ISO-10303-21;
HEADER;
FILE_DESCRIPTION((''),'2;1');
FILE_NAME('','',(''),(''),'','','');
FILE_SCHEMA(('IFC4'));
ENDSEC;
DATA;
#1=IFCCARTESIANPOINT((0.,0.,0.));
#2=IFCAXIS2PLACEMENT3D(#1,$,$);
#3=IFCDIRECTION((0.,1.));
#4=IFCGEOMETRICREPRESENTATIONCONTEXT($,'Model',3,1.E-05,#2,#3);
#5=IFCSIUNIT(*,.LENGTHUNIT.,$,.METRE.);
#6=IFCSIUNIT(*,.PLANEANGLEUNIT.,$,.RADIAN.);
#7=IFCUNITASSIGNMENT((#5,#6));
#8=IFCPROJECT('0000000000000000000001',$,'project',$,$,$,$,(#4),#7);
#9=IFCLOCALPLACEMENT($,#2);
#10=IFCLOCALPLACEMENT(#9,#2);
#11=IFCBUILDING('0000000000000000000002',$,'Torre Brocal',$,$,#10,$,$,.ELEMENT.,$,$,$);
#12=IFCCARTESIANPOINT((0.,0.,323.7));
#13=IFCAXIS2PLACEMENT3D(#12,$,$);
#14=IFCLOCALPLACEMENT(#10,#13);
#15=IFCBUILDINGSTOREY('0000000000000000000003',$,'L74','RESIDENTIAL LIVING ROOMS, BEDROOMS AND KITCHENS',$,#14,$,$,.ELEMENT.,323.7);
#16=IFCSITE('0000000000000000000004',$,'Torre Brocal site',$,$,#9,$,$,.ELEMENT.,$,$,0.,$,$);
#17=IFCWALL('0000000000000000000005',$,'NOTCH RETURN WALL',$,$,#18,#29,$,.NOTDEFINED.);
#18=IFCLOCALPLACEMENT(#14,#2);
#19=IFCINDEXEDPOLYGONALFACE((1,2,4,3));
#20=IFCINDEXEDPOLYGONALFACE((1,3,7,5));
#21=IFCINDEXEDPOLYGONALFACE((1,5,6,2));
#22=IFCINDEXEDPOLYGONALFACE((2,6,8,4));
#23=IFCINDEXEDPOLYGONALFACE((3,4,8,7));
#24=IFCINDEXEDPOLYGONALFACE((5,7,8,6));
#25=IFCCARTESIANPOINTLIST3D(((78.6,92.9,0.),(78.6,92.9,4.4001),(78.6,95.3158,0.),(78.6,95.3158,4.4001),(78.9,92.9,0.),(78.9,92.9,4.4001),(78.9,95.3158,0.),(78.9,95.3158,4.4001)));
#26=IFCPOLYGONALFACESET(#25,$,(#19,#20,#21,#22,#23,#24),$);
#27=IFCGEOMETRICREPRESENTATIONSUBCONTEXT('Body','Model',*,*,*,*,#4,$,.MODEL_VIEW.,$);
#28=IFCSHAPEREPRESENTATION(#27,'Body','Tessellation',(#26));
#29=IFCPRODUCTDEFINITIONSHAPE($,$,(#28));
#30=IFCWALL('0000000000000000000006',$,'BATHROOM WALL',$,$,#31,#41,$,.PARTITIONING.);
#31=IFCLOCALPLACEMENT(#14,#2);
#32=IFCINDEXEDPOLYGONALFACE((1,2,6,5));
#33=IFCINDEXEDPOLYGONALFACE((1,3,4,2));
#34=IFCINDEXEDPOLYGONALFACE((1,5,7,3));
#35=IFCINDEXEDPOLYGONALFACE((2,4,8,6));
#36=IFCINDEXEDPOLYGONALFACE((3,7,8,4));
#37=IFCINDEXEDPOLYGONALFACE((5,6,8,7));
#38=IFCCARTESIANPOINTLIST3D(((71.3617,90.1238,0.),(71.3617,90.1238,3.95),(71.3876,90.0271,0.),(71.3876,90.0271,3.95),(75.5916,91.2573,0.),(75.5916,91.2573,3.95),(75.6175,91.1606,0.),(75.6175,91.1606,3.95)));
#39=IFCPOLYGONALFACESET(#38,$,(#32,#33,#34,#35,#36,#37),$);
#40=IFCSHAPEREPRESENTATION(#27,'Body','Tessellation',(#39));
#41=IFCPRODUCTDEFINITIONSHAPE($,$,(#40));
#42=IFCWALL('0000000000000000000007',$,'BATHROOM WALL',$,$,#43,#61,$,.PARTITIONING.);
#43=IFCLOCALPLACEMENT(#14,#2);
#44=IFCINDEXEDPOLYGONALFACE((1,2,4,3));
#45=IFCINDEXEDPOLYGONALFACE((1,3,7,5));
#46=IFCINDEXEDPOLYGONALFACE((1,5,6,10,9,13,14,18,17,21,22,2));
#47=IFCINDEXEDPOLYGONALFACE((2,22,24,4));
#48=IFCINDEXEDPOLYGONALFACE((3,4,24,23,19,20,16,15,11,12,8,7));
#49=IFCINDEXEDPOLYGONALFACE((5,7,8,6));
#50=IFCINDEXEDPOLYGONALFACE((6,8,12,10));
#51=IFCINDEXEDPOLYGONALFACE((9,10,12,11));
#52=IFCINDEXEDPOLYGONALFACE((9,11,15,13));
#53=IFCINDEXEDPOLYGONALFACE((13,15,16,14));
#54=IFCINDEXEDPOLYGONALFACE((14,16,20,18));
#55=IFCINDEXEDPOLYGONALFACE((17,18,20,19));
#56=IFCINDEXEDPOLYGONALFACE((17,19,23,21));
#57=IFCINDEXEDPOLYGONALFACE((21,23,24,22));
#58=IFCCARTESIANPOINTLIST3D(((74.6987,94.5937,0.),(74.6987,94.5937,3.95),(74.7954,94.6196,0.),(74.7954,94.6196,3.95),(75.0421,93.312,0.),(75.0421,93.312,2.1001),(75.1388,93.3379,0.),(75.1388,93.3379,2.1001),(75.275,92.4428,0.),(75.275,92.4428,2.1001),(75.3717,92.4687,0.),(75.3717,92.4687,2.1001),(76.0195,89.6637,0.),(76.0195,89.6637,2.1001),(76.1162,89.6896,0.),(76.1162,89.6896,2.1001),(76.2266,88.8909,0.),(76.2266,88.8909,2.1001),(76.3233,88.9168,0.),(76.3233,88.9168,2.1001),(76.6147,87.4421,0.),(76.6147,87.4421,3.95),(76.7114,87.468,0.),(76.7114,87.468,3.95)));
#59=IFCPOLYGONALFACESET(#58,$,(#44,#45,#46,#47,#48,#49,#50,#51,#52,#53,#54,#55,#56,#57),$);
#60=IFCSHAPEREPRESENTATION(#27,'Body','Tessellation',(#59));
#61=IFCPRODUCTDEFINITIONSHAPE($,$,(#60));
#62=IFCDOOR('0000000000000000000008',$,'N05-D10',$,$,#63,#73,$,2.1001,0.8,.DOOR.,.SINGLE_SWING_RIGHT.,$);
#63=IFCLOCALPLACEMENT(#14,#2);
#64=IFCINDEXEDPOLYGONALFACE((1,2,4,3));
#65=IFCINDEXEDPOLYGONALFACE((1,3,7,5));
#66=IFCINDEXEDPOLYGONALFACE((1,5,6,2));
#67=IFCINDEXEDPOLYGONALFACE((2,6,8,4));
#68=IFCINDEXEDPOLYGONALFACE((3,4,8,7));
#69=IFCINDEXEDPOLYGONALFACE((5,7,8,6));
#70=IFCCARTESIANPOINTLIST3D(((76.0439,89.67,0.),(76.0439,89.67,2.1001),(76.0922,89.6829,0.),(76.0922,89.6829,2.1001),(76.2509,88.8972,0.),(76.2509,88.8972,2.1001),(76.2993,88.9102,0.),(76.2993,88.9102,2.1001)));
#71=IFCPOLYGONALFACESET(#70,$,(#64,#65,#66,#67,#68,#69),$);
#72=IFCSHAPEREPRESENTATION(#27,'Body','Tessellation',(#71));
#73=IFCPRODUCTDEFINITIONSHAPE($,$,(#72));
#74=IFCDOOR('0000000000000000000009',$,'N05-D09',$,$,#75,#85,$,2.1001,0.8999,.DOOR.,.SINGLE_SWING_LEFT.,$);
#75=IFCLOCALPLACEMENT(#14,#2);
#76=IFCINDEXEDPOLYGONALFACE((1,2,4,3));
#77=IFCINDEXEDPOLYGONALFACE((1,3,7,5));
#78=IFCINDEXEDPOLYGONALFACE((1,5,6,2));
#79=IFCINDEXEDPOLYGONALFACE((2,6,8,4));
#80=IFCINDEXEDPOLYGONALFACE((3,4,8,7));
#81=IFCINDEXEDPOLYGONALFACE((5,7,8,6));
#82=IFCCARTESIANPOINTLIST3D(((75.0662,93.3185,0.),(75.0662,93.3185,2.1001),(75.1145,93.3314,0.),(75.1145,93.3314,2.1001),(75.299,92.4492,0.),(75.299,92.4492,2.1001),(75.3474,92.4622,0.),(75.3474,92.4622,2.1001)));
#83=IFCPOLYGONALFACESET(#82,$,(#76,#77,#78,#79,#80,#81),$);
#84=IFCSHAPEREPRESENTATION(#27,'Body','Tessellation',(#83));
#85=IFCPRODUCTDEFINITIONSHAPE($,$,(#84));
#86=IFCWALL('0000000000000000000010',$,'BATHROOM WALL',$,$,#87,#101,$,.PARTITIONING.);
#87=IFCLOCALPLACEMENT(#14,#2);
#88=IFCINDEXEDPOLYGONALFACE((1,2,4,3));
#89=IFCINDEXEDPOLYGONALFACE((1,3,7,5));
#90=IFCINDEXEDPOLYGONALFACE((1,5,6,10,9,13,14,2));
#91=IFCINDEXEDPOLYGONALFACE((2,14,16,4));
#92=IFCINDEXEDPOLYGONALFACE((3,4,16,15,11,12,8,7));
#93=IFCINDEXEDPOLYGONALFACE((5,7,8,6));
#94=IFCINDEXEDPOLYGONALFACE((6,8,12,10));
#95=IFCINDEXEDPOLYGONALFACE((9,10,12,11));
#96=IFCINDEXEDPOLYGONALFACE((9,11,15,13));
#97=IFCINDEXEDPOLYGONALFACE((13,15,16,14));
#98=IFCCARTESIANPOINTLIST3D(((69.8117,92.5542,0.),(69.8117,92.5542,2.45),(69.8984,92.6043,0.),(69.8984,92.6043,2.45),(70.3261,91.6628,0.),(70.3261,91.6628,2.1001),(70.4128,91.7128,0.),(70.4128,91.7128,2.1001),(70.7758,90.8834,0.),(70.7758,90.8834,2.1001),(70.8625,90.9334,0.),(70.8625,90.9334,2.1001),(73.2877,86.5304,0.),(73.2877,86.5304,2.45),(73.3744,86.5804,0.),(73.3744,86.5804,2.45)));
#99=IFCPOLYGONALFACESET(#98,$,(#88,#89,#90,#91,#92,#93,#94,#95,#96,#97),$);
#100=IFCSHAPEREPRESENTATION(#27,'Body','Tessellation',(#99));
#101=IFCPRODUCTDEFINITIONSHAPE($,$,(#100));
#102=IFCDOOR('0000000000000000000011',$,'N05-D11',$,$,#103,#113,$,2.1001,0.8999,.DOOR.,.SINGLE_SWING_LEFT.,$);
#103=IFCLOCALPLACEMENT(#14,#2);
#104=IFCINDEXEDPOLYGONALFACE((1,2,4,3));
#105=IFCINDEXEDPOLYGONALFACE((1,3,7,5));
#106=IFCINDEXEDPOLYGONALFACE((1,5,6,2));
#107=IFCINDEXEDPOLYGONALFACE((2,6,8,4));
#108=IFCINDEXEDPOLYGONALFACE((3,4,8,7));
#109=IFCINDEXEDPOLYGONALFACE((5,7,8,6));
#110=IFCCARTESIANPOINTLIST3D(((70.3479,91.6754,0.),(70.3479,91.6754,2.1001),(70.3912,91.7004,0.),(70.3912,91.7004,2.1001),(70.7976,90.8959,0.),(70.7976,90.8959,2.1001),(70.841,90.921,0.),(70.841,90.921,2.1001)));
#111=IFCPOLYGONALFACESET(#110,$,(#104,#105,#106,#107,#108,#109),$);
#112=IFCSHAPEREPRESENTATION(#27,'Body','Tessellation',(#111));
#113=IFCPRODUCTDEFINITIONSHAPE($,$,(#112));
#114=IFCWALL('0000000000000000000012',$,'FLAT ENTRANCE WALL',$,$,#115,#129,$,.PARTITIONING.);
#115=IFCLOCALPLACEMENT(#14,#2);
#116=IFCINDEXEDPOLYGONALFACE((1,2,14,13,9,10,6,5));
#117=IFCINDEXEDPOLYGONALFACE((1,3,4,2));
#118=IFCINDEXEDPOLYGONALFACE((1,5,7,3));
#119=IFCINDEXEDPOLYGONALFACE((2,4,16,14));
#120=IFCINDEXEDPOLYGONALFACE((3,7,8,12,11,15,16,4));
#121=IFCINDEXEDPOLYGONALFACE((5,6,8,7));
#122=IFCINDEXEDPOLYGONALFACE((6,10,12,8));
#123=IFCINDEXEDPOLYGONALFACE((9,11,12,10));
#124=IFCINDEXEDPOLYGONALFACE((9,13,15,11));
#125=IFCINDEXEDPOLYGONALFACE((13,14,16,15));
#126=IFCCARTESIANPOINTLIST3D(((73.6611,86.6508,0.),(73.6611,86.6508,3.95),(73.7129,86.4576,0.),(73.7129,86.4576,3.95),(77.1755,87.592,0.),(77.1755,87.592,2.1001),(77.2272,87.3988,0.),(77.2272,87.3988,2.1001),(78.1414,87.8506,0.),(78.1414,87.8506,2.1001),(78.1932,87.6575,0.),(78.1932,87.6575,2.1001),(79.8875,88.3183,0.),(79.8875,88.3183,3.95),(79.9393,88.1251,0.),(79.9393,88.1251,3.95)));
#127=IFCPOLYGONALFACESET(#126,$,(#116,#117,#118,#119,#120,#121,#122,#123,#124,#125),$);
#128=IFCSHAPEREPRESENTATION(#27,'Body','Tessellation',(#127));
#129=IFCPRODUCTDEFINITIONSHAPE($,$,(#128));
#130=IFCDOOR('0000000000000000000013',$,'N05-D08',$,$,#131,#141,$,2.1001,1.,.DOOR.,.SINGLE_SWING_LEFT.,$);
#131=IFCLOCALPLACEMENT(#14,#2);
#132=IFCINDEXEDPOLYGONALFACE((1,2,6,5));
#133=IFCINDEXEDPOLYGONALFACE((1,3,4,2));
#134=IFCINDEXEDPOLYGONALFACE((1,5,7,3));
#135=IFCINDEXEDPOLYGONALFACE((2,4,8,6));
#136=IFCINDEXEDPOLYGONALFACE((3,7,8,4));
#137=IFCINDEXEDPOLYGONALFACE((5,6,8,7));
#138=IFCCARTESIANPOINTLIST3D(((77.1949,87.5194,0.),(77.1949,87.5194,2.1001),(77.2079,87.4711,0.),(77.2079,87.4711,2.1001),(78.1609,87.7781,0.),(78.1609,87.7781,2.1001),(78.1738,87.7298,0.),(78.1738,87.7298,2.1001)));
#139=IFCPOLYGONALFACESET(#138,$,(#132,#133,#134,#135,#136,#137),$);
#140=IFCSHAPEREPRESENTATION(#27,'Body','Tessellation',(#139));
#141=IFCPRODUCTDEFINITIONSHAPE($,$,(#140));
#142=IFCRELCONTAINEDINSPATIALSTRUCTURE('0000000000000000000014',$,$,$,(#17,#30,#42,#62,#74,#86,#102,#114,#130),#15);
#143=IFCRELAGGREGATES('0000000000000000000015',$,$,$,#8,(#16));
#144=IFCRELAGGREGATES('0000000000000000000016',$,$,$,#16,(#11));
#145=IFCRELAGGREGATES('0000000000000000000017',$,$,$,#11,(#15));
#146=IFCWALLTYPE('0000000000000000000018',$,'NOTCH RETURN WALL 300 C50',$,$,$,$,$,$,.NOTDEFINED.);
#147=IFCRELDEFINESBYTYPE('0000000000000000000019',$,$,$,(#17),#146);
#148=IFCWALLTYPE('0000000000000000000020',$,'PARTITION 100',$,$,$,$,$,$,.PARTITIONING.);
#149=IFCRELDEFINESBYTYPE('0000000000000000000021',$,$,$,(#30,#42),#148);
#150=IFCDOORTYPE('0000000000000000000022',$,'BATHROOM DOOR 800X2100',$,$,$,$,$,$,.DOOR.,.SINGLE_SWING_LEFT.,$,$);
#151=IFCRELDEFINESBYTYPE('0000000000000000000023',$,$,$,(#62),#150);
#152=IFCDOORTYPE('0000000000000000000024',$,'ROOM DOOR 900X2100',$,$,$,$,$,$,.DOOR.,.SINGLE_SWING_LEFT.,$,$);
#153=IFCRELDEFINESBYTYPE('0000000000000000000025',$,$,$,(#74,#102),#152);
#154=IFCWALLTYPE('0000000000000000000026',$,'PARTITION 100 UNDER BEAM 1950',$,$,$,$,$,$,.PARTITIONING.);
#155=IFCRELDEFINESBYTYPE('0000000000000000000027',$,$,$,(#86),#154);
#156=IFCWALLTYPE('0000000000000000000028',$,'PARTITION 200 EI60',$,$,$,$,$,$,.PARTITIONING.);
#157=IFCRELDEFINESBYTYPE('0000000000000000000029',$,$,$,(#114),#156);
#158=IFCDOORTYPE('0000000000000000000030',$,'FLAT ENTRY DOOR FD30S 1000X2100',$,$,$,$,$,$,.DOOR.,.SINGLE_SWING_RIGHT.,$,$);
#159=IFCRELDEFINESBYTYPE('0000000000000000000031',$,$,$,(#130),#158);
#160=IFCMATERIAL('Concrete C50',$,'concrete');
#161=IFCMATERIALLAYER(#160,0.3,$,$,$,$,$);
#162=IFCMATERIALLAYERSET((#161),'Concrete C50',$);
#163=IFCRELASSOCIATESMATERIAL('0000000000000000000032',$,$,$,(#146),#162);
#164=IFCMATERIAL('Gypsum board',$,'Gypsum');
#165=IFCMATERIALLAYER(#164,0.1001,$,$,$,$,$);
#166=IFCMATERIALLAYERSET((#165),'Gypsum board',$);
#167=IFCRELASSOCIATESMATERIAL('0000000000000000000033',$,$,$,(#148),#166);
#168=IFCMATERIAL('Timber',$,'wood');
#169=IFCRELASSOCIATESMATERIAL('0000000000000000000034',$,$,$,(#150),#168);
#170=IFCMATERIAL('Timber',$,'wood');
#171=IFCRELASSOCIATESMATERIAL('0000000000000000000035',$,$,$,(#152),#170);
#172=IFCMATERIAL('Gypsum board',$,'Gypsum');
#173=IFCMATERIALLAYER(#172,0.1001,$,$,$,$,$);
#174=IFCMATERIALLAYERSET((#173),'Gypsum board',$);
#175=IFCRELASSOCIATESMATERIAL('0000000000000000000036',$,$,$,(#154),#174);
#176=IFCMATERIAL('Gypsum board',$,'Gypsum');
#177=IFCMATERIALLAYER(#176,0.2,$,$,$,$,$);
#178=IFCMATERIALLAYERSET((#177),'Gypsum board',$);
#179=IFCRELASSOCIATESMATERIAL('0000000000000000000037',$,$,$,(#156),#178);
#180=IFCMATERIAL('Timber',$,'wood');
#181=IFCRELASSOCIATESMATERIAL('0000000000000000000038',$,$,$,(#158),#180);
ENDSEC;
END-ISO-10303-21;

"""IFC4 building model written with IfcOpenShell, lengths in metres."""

from ifc_helpers import new_model, si_unit, direction, frame, frame_2d, origin, place, context, subcontext, project, spatial, rectangle, extrude, material, layer, layer_set, type_object, element, fill, save


model = new_model("IFC4")

# Units and contexts
model_context = context("Model", 3, precision=1e-05, world=origin(), true_north=direction((0.0, 1.0)))
body_context = subcontext(model_context, "Body", "Model", "MODEL_VIEW")
ifc_project = project(units=[si_unit("LENGTHUNIT", "METRE"), si_unit("PLANEANGLEUNIT", "RADIAN")], contexts=[model_context])

# Site, building, storey
site_placement = place(None, origin())
site = spatial("IfcSite", under=ifc_project, at=site_placement, Name="Torre Brocal site", CompositionType="ELEMENT", RefElevation=0.0)
building_placement = place(site_placement, origin())
building = spatial("IfcBuilding", under=site, at=building_placement, Name="Torre Brocal", CompositionType="ELEMENT")
storey_placement = place(building_placement, frame((0.0, 0.0, 323.7)))
storey = spatial("IfcBuildingStorey", under=building, at=storey_placement, Name="L74", Description="RESIDENTIAL LIVING ROOMS, BEDROOMS AND KITCHENS", CompositionType="ELEMENT", Elevation=323.7)

# Walls
ifc_material_1 = material(Name="Concrete C50", Category="concrete")
ifc_layer_1 = layer(ifc_material_1, 0.3)
ifc_layer_set_1 = layer_set([ifc_layer_1], Name="Concrete C50")
wall_type_1 = type_object("IfcWallType", Name="NOTCH RETURN WALL 300 C50", PredefinedType="NOTDEFINED", material=ifc_layer_set_1)
wall_1_placement = place(storey_placement, frame((78.75, 92.8999, 0.0), z_axis=(0.0, 0.0, 1.0), x_axis=(0.0, 1.0, 0.0)))
element("IfcWall", 1, at=wall_1_placement, inside=storey, type_object=wall_type_1, Name="NOTCH RETURN WALL", PredefinedType="NOTDEFINED", context=body_context, shape_type="SweptSolid", body=[
    extrude(rectangle(XDim=2.4158, YDim=0.3, at=frame_2d((1.208, 0.0))), origin(), (0.0, 0.0, 1.0), 4.4001),
])
ifc_material_2 = material(Name="Gypsum board", Category="Gypsum")
ifc_layer_2 = layer(ifc_material_2, 0.1001)
ifc_layer_set_2 = layer_set([ifc_layer_2], Name="Gypsum board")
wall_type_2 = type_object("IfcWallType", Name="PARTITION 100", PredefinedType="PARTITIONING", material=ifc_layer_set_2)
wall_2_placement = place(storey_placement, frame((71.3748, 90.0754, 0.0), z_axis=(0.0, 0.0, 1.0), x_axis=(0.965919, 0.258846, 0.0)))
element("IfcWall", 2, at=wall_2_placement, inside=storey, type_object=wall_type_2, Name="BATHROOM WALL", PredefinedType="PARTITIONING", context=body_context, shape_type="SweptSolid", body=[
    extrude(rectangle(XDim=4.3792, YDim=0.1001, at=frame_2d((2.1895, 0.0))), origin(), (0.0, 0.0, 1.0), 3.95),
])

# Wall, openings, doors
wall_3_placement = place(storey_placement, frame((74.7471, 94.6067, 0.0), z_axis=(0.0, 0.0, 1.0), x_axis=(0.258787, -0.965934, 0.0)))
wall_3 = element("IfcWall", 3, at=wall_3_placement, inside=storey, type_object=wall_type_2, Name="BATHROOM WALL", PredefinedType="PARTITIONING", context=body_context, shape_type="SweptSolid", body=[
    extrude(rectangle(XDim=7.4038, YDim=0.1001, at=frame_2d((3.7019, 0.0))), origin(), (0.0, 0.0, 1.0), 3.95),
])
opening_1_placement = place(wall_3_placement, frame((1.3269, 0.0, 0.0)))
opening_1 = element("IfcOpeningElement", 4, at=opening_1_placement, cuts=wall_3, PredefinedType="OPENING", context=body_context, shape_type="SweptSolid", body=[
    extrude(rectangle(XDim=0.8999, YDim=2.1001, at=frame_2d((0.45, 1.05))), frame((0.0, 0.0601, 0.0), z_axis=(0.0, -1.0, 0.0), x_axis=(1.0, 0.0, 0.0)), (0.0, 0.0, 1.0), 0.1201),
])
opening_2_placement = place(wall_3_placement, frame((5.104, 0.0, 0.0)))
opening_2 = element("IfcOpeningElement", 5, at=opening_2_placement, cuts=wall_3, PredefinedType="OPENING", context=body_context, shape_type="SweptSolid", body=[
    extrude(rectangle(XDim=0.8, YDim=2.1001, at=frame_2d((0.3999, 1.05))), frame((0.0, 0.0601, 0.0), z_axis=(0.0, -1.0, 0.0), x_axis=(1.0, 0.0, 0.0)), (0.0, 0.0, 1.0), 0.1201),
])
ifc_material_3 = material(Name="Timber", Category="wood")
door_type_1 = type_object("IfcDoorType", Name="BATHROOM DOOR 800X2100", OperationType="SINGLE_SWING_LEFT", PredefinedType="DOOR", material=ifc_material_3)
door_1_placement = place(opening_2_placement, frame((0.8, 0.0, 0.0), z_axis=(0.0, 0.0, 1.0), x_axis=(-1.0, 0.0, 0.0)))
door_1 = element("IfcDoor", 6, at=door_1_placement, inside=storey, type_object=door_type_1, Name="N05-D10", OperationType="SINGLE_SWING_RIGHT", OverallHeight=2.1001, OverallWidth=0.8, PredefinedType="DOOR", context=body_context, shape_type="SweptSolid", body=[
    extrude(rectangle(XDim=0.8, YDim=2.1001, at=frame_2d((0.3999, 1.05))), frame((0.0, 0.0249, 0.0), z_axis=(0.0, -1.0, 0.0), x_axis=(1.0, 0.0, 0.0)), (0.0, 0.0, 1.0), 0.05),
])
fill(opening_2, door_1)
ifc_material_4 = material(Name="Timber", Category="wood")
door_type_2 = type_object("IfcDoorType", Name="ROOM DOOR 900X2100", OperationType="SINGLE_SWING_LEFT", PredefinedType="DOOR", material=ifc_material_4)
door_2_placement = place(opening_1_placement, origin())
door_2 = element("IfcDoor", 7, at=door_2_placement, inside=storey, type_object=door_type_2, Name="N05-D09", OperationType="SINGLE_SWING_LEFT", OverallHeight=2.1001, OverallWidth=0.8999, PredefinedType="DOOR", context=body_context, shape_type="SweptSolid", body=[
    extrude(rectangle(XDim=0.8999, YDim=2.1001, at=frame_2d((0.45, 1.05))), frame((0.0, 0.0249, 0.0), z_axis=(0.0, -1.0, 0.0), x_axis=(1.0, 0.0, 0.0)), (0.0, 0.0, 1.0), 0.05),
])
fill(opening_1, door_2)

# Walls, openings, doors
ifc_material_5 = material(Name="Gypsum board", Category="Gypsum")
ifc_layer_3 = layer(ifc_material_5, 0.1001)
ifc_layer_set_3 = layer_set([ifc_layer_3], Name="Gypsum board")
wall_type_3 = type_object("IfcWallType", Name="PARTITION 100 UNDER BEAM 1950", PredefinedType="PARTITIONING", material=ifc_layer_set_3)
wall_4_placement = place(storey_placement, frame((69.855, 92.5793, 0.0), z_axis=(0.0, 0.0, 1.0), x_axis=(0.499801, -0.86614, 0.0)))
wall_4 = element("IfcWall", 8, at=wall_4_placement, inside=storey, type_object=wall_type_3, Name="BATHROOM WALL", PredefinedType="PARTITIONING", context=body_context, shape_type="SweptSolid", body=[
    extrude(rectangle(XDim=6.9548, YDim=0.1001, at=frame_2d((3.4775, 0.0))), origin(), (0.0, 0.0, 1.0), 2.45),
])
opening_3_placement = place(wall_4_placement, frame((1.0293, 0.0, 0.0)))
opening_3 = element("IfcOpeningElement", 9, at=opening_3_placement, cuts=wall_4, PredefinedType="OPENING", context=body_context, shape_type="SweptSolid", body=[
    extrude(rectangle(XDim=0.8999, YDim=2.1001, at=frame_2d((0.45, 1.05))), frame((0.0, 0.0601, 0.0), z_axis=(0.0, -1.0, 0.0), x_axis=(1.0, 0.0, 0.0)), (0.0, 0.0, 1.0), 0.1201),
])
door_3_placement = place(opening_3_placement, frame((0.8999, 0.0, 0.0), z_axis=(0.0, 0.0, 1.0), x_axis=(-1.0, 0.0, 0.0)))
door_3 = element("IfcDoor", 10, at=door_3_placement, inside=storey, type_object=door_type_2, Name="N05-D11", OperationType="SINGLE_SWING_LEFT", OverallHeight=2.1001, OverallWidth=0.8999, PredefinedType="DOOR", context=body_context, shape_type="SweptSolid", body=[
    extrude(rectangle(XDim=0.8999, YDim=2.1001, at=frame_2d((0.45, 1.05))), frame((0.0, 0.0249, 0.0), z_axis=(0.0, -1.0, 0.0), x_axis=(1.0, 0.0, 0.0)), (0.0, 0.0, 1.0), 0.05),
])
fill(opening_3, door_3)
ifc_material_6 = material(Name="Gypsum board", Category="Gypsum")
ifc_layer_4 = layer(ifc_material_6, 0.2)
ifc_layer_set_4 = layer_set([ifc_layer_4], Name="Gypsum board")
wall_type_4 = type_object("IfcWallType", Name="PARTITION 200 EI60", PredefinedType="PARTITIONING", material=ifc_layer_set_4)
wall_5_placement = place(storey_placement, frame((73.687, 86.5542, 0.0), z_axis=(0.0, 0.0, 1.0), x_axis=(0.965959, 0.258695, 0.0)))
wall_5 = element("IfcWall", 11, at=wall_5_placement, inside=storey, type_object=wall_type_4, Name="FLAT ENTRANCE WALL", PredefinedType="PARTITIONING", context=body_context, shape_type="SweptSolid", body=[
    extrude(rectangle(XDim=6.4458, YDim=0.2, at=frame_2d((3.2229, 0.0))), origin(), (0.0, 0.0, 1.0), 3.95),
])
opening_4_placement = place(wall_5_placement, frame((3.6382, 0.0, 0.0)))
opening_4 = element("IfcOpeningElement", 12, at=opening_4_placement, cuts=wall_5, PredefinedType="OPENING", context=body_context, shape_type="SweptSolid", body=[
    extrude(rectangle(XDim=1.0, YDim=2.1001, at=frame_2d((0.5, 1.05))), frame((0.0, 0.1099, 0.0), z_axis=(0.0, -1.0, 0.0), x_axis=(1.0, 0.0, 0.0)), (0.0, 0.0, 1.0), 0.22),
])
ifc_material_7 = material(Name="Timber", Category="wood")
door_type_3 = type_object("IfcDoorType", Name="FLAT ENTRY DOOR FD30S 1000X2100", OperationType="SINGLE_SWING_RIGHT", PredefinedType="DOOR", material=ifc_material_7)
door_4_placement = place(opening_4_placement, origin())
door_4 = element("IfcDoor", 13, at=door_4_placement, inside=storey, type_object=door_type_3, Name="N05-D08", OperationType="SINGLE_SWING_LEFT", OverallHeight=2.1001, OverallWidth=1.0, PredefinedType="DOOR", context=body_context, shape_type="SweptSolid", body=[
    extrude(rectangle(XDim=1.0, YDim=2.1001, at=frame_2d((0.5, 1.05))), frame((0.0, 0.0249, 0.0), z_axis=(0.0, -1.0, 0.0), x_axis=(1.0, 0.0, 0.0)), (0.0, 0.0, 1.0), 0.05),
])
fill(opening_4, door_4)

save(model, "model.ifc")
